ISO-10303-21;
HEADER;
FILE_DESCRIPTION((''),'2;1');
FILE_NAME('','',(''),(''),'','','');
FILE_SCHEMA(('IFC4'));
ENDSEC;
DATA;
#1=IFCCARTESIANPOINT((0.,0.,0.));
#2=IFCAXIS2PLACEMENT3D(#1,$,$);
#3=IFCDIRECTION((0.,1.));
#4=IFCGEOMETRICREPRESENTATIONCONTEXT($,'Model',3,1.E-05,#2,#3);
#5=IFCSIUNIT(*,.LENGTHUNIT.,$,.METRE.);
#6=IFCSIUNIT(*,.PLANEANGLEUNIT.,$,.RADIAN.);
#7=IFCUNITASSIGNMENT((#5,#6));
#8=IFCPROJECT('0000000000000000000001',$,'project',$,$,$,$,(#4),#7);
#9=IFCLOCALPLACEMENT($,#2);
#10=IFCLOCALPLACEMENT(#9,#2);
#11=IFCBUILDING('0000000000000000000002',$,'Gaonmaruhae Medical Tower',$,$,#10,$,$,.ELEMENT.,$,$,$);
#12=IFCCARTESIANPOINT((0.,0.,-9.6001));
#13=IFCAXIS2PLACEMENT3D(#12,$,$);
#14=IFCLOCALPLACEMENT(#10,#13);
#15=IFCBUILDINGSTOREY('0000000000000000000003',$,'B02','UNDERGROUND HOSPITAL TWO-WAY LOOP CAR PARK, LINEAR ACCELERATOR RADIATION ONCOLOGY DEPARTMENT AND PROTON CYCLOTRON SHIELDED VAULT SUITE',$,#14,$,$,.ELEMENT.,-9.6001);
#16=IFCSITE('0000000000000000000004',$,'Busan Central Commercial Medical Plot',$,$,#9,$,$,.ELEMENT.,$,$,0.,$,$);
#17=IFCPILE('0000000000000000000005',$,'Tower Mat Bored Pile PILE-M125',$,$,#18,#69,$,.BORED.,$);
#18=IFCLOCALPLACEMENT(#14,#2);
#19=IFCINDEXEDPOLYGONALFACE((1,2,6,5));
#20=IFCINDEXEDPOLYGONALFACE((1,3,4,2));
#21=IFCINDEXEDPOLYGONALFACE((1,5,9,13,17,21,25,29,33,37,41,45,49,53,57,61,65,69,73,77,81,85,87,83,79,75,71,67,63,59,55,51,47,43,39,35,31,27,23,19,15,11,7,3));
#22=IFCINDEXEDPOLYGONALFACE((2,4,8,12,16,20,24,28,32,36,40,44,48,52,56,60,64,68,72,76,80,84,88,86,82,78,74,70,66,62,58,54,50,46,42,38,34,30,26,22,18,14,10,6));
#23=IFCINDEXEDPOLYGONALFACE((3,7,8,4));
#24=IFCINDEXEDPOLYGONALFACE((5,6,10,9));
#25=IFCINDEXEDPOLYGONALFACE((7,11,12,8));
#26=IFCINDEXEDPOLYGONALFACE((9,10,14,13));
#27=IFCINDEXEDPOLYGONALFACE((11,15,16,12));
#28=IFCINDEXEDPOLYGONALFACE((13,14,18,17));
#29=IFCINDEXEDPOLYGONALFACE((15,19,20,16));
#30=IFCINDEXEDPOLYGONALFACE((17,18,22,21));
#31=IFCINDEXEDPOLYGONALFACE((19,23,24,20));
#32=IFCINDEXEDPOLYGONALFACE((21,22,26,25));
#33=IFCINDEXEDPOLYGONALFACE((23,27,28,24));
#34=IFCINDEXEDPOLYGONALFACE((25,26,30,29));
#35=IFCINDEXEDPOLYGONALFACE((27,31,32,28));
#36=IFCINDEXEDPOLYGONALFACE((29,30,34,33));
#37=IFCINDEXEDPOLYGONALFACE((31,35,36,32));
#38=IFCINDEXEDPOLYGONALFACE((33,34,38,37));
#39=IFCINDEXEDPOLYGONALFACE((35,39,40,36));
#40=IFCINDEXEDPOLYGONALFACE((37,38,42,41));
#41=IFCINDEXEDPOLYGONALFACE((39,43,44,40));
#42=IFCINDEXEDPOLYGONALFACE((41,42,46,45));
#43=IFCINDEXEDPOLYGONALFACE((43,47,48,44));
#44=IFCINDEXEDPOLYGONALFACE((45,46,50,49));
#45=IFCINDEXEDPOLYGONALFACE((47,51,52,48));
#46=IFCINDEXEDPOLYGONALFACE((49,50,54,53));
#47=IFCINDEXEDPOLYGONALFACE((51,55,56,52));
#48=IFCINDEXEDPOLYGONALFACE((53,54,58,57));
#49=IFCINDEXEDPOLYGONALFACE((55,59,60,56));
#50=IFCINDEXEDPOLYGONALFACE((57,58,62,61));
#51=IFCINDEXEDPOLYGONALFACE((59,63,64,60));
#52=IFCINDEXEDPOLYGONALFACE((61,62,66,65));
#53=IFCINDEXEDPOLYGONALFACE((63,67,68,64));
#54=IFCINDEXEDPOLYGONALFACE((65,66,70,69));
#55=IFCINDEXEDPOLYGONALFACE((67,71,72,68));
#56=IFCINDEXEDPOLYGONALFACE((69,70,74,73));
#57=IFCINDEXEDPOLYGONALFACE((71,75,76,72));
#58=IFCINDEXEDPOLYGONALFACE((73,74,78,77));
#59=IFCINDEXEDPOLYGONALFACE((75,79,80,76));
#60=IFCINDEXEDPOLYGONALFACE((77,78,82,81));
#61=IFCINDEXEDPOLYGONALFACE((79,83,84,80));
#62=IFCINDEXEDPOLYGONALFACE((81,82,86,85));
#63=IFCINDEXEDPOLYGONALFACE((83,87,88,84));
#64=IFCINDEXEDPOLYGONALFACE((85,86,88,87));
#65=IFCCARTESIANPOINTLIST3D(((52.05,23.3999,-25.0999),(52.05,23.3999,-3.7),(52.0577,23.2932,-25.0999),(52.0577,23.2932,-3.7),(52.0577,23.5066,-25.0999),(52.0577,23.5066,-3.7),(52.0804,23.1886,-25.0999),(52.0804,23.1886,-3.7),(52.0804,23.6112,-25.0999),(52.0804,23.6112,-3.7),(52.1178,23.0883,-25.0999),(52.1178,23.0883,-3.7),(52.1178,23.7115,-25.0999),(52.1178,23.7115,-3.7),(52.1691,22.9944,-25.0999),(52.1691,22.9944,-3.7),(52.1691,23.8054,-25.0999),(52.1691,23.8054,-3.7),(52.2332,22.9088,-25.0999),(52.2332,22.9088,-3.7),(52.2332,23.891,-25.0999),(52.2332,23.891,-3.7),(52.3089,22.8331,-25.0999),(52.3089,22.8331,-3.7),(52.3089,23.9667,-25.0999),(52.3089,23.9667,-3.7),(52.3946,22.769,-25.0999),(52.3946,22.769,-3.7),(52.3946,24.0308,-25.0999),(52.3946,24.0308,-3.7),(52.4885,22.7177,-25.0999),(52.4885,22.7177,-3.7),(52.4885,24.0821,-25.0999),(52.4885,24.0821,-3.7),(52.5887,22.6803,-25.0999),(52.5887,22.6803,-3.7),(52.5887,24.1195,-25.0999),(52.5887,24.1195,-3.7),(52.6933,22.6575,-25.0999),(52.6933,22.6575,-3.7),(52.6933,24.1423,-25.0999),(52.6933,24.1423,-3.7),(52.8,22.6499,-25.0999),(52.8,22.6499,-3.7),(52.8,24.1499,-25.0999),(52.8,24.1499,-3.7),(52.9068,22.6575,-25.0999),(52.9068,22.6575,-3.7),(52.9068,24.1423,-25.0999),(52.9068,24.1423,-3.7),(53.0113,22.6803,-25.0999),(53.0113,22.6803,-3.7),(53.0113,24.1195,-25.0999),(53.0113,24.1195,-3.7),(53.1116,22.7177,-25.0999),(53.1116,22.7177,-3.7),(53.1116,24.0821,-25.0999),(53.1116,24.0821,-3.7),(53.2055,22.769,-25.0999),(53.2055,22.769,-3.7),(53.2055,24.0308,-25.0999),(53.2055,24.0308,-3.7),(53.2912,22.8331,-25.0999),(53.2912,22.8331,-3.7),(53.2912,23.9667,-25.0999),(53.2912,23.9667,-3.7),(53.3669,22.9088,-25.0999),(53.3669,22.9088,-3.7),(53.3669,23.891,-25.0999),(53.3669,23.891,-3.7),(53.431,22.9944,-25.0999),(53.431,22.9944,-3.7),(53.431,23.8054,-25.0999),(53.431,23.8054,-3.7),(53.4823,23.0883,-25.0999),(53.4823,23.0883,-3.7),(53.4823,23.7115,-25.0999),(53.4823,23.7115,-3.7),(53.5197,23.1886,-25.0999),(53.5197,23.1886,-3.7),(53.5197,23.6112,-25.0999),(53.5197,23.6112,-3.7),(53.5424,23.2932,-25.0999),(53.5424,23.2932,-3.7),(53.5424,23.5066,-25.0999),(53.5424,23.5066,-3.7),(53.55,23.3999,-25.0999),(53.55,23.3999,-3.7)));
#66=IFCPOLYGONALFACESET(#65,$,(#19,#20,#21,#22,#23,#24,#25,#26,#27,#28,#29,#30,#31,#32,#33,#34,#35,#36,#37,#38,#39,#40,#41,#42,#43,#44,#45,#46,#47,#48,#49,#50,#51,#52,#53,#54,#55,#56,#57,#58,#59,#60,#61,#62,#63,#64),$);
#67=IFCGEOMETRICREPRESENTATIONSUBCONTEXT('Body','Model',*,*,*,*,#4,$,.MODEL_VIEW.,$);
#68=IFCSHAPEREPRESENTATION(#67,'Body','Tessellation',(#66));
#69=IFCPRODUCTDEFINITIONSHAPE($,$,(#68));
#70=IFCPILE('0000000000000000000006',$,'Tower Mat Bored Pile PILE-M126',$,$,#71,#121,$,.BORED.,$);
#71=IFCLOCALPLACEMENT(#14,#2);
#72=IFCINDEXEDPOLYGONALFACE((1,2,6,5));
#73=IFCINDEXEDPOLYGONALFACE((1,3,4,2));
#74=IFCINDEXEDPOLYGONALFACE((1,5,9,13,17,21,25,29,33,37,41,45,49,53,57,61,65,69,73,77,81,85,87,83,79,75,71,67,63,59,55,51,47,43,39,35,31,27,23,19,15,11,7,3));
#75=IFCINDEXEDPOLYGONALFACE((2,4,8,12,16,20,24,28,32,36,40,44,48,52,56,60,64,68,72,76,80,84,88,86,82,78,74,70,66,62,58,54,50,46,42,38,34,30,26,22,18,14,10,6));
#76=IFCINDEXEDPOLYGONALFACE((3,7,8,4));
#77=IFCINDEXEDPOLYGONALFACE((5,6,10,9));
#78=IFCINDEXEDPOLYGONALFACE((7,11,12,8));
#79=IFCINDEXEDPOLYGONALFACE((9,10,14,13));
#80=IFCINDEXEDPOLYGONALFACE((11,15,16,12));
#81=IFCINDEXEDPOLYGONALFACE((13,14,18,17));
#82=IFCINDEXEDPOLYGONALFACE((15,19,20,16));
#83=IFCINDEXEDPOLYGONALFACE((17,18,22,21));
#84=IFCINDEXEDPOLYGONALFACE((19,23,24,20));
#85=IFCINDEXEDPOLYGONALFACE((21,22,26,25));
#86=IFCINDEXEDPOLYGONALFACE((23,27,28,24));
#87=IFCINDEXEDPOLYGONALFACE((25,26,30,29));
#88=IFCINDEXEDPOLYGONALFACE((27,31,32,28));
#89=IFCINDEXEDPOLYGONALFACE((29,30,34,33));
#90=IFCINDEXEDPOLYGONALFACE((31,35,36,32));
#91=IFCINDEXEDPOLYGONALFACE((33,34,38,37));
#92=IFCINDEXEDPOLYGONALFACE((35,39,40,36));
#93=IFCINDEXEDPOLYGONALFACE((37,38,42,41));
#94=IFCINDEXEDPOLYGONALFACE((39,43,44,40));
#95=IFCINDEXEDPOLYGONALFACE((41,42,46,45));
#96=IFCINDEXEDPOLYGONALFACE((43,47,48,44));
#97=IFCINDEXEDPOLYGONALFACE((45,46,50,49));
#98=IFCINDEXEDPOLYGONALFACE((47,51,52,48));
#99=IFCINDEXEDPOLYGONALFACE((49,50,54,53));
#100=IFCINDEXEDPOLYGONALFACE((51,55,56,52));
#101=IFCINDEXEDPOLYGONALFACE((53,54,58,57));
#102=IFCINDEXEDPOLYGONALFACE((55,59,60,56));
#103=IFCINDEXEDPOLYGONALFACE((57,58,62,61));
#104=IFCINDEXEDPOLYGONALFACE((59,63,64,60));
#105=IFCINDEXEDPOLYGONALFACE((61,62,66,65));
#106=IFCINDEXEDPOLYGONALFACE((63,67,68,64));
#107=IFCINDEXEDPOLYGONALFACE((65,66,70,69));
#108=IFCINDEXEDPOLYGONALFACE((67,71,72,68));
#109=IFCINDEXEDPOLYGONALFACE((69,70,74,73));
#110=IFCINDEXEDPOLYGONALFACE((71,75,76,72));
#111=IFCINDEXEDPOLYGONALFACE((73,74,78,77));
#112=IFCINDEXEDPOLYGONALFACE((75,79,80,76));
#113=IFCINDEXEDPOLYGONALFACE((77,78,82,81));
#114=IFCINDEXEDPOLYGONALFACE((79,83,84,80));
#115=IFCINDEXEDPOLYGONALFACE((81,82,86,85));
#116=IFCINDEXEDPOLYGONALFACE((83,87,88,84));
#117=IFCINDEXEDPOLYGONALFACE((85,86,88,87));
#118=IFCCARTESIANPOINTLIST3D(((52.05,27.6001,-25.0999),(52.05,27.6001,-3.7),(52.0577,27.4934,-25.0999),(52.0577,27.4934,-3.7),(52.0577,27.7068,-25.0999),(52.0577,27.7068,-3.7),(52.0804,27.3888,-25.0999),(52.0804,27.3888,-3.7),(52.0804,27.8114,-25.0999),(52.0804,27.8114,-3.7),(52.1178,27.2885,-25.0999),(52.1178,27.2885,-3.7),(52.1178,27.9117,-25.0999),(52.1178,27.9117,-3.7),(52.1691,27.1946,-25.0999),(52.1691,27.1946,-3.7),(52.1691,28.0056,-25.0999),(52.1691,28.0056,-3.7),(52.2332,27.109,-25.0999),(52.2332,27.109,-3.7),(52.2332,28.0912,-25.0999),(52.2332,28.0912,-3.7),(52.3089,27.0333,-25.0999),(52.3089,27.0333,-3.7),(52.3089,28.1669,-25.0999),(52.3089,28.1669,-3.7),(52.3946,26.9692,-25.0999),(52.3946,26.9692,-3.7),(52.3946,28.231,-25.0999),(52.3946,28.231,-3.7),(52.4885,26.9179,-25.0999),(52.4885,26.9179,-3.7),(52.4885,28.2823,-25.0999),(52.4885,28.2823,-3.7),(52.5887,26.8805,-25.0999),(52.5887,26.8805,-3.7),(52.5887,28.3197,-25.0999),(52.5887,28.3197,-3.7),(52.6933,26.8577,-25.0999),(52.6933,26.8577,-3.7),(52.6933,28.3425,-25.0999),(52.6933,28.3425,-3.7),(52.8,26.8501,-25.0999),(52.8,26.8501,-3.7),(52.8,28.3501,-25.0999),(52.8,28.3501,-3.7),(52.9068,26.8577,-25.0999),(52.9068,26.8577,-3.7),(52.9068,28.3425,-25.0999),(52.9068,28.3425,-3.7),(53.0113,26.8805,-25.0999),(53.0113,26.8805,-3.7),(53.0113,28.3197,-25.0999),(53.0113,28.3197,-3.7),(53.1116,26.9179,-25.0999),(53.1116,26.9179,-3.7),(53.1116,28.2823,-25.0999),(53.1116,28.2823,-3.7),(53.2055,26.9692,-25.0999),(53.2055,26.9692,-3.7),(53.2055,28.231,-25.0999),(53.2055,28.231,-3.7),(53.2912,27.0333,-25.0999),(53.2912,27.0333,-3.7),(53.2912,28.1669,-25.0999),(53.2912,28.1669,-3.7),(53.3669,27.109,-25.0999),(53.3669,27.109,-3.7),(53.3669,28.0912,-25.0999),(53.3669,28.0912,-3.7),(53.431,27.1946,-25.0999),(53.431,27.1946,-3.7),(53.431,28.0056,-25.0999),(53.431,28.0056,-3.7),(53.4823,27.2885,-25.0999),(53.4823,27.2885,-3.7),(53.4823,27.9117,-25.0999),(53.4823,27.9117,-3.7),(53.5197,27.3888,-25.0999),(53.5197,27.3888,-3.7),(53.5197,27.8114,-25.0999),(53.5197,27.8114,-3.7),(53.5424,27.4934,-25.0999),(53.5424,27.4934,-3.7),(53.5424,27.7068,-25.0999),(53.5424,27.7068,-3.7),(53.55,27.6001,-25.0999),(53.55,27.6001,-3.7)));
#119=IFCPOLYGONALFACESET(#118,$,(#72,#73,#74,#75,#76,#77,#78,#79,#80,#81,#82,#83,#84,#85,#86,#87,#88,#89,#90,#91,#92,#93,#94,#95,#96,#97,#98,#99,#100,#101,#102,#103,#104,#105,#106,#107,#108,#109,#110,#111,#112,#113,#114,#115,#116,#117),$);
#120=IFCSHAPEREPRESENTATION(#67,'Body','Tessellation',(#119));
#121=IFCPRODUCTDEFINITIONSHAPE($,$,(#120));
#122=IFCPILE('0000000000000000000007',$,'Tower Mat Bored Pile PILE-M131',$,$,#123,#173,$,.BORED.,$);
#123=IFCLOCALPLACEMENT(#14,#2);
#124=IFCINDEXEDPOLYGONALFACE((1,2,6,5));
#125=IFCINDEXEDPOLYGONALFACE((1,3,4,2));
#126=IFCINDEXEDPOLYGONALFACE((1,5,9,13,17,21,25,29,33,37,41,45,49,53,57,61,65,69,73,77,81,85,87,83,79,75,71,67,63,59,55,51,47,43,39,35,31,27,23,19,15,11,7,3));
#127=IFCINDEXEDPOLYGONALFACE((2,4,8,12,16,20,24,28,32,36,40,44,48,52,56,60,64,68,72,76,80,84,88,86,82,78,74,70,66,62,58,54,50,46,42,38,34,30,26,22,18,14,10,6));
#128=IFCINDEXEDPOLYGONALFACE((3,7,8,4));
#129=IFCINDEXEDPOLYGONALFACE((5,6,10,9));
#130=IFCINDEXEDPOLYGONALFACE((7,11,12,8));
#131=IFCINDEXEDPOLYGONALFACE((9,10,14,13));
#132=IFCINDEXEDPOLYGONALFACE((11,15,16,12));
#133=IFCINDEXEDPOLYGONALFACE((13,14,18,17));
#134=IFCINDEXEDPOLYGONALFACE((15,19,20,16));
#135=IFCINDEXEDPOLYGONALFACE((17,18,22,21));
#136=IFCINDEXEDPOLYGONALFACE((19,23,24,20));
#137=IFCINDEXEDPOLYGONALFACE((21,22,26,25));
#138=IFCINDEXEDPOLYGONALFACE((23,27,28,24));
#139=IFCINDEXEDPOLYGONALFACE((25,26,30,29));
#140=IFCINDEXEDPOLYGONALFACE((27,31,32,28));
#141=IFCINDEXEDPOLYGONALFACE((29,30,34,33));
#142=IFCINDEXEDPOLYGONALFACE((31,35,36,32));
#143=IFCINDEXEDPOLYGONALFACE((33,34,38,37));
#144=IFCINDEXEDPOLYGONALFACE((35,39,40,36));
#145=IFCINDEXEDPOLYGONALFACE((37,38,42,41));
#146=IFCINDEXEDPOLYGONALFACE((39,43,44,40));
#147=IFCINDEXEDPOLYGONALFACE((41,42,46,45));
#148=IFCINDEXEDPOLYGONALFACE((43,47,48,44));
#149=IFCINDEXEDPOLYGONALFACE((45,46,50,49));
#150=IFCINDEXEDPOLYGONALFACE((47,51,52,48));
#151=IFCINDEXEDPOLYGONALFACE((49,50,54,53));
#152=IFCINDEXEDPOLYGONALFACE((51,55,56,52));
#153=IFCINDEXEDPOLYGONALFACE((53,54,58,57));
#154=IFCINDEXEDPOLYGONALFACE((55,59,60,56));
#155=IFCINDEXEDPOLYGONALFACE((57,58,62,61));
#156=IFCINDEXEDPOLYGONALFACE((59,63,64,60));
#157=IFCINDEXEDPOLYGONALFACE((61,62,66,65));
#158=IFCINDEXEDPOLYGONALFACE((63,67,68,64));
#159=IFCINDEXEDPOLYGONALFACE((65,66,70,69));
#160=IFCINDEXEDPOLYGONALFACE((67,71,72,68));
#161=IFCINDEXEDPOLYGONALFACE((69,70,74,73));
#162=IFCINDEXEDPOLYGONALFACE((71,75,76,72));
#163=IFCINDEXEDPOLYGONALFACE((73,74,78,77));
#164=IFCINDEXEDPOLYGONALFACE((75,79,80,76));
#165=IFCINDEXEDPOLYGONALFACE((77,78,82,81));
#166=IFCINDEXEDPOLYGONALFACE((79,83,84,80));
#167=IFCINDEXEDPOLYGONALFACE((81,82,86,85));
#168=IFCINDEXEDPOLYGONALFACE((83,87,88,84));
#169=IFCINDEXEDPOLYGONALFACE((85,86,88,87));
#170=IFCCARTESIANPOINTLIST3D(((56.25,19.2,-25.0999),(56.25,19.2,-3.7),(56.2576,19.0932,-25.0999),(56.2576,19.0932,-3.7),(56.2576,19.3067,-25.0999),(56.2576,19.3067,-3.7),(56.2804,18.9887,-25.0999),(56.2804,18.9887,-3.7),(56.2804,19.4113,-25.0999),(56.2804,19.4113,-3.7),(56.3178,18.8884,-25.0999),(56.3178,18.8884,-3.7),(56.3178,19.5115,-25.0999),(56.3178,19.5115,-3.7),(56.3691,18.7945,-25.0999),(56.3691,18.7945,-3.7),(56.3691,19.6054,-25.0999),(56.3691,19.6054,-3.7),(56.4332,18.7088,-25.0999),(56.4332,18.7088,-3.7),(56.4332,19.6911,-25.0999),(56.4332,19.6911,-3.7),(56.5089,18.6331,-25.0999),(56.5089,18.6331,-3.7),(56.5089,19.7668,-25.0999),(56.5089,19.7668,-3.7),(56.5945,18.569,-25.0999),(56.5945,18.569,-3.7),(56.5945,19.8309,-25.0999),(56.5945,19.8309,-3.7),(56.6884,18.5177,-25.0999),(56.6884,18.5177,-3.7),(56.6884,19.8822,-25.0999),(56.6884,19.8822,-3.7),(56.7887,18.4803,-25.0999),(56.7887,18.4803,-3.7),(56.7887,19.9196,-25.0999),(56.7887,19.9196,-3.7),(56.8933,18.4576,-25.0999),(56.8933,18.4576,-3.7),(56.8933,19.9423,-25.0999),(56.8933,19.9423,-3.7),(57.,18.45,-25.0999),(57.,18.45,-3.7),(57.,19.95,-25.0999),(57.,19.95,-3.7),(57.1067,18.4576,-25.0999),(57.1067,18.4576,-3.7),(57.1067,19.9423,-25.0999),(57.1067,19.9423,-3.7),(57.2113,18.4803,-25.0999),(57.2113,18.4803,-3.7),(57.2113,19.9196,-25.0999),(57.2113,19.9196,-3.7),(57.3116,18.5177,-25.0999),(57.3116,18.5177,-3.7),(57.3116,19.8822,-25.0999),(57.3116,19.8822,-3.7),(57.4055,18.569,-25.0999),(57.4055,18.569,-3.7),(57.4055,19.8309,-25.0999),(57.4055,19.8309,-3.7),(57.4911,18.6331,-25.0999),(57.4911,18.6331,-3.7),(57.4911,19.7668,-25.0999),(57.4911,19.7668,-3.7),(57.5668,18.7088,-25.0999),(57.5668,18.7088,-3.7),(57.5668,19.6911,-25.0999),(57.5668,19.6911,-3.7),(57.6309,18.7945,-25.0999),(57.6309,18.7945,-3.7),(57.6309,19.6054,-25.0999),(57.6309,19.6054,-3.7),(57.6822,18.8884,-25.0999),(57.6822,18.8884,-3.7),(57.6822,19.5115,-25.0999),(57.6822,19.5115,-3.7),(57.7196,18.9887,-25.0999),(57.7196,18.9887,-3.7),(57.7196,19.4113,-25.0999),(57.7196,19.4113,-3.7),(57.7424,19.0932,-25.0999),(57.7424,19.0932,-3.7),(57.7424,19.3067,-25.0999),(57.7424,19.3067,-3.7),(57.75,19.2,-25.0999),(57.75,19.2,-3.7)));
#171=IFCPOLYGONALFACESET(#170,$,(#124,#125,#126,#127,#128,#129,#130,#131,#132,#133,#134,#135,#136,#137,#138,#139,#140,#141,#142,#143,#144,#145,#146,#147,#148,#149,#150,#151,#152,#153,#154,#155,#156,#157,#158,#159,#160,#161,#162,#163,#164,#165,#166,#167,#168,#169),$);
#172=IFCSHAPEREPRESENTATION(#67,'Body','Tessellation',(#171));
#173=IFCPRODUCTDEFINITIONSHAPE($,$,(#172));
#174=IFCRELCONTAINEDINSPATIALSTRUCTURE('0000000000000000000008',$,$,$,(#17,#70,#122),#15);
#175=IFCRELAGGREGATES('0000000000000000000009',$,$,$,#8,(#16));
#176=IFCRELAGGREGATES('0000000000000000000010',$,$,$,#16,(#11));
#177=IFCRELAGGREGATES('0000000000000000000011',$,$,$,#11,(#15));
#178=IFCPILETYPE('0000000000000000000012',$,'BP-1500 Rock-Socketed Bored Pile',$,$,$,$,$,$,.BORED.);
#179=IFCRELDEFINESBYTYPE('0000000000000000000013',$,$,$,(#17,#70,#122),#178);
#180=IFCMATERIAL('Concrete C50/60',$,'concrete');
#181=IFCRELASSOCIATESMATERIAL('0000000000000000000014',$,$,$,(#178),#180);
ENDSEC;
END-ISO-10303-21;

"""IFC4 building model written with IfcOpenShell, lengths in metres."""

from ifc_helpers import new_model, si_unit, direction, frame, origin, origin_2d, place, context, subcontext, project, spatial, circle, extrude, material, material_profile, profile_set, type_object, element, save


model = new_model("IFC4")

# Units and contexts
model_context = context("Model", 3, precision=1e-05, world=origin(), true_north=direction((0.0, 1.0)))
body_context = subcontext(model_context, "Body", "Model", "MODEL_VIEW")
ifc_project = project(units=[si_unit("LENGTHUNIT", "METRE"), si_unit("PLANEANGLEUNIT", "RADIAN")], contexts=[model_context])

# Site, building, storey
site_placement = place(None, origin())
site = spatial("IfcSite", under=ifc_project, at=site_placement, Name="Busan Central Commercial Medical Plot", CompositionType="ELEMENT", RefElevation=0.0)
building_placement = place(site_placement, origin())
building = spatial("IfcBuilding", under=site, at=building_placement, Name="Gaonmaruhae Medical Tower", CompositionType="ELEMENT")
storey_placement = place(building_placement, frame((0.0, 0.0, -9.6001)))
storey = spatial("IfcBuildingStorey", under=building, at=storey_placement, Name="B02", Description="UNDERGROUND HOSPITAL TWO-WAY LOOP CAR PARK, LINEAR ACCELERATOR RADIATION ONCOLOGY DEPARTMENT AND PROTON CYCLOTRON SHIELDED VAULT SUITE", CompositionType="ELEMENT", Elevation=-9.6001)

# Piles
ifc_material_1 = material(Name="Concrete C50/60", Category="concrete")
ifc_material_profile_1 = material_profile(ifc_material_1, circle(Radius=0.75, at=origin_2d()), Name="PILE-D1500")
ifc_profile_set_1 = profile_set([ifc_material_profile_1], Name="Concrete C50/60")
pile_type = type_object("IfcPileType", Name="BP-1500 Rock-Socketed Bored Pile", PredefinedType="BORED", material=ifc_profile_set_1)
for number, where, z_axis, x_axis, name in (
    (1, (52.8, 23.3999, -3.7), (0.0, 0.0, -1.0), (1.0, 0.0, 0.0), "Tower Mat Bored Pile PILE-M125"),
    (2, (52.8, 27.6001, -3.7), (0.0, 0.0, -1.0), (1.0, 0.0, 0.0), "Tower Mat Bored Pile PILE-M126"),
    (3, (57.0, 19.2, -3.7), (0.0, 0.0, -1.0), (1.0, 0.0, 0.0), "Tower Mat Bored Pile PILE-M131"),
):
    element("IfcPile", number, at=place(storey_placement, frame(where, z_axis=z_axis, x_axis=x_axis)), inside=storey, type_object=pile_type, Name=name, PredefinedType="BORED", context=body_context, shape_type="SweptSolid", body=[
        extrude(circle(Radius=0.75, at=origin_2d()), origin(), (0.0, 0.0, 1.0), 21.3999),
    ])

save(model, "model.ifc")
